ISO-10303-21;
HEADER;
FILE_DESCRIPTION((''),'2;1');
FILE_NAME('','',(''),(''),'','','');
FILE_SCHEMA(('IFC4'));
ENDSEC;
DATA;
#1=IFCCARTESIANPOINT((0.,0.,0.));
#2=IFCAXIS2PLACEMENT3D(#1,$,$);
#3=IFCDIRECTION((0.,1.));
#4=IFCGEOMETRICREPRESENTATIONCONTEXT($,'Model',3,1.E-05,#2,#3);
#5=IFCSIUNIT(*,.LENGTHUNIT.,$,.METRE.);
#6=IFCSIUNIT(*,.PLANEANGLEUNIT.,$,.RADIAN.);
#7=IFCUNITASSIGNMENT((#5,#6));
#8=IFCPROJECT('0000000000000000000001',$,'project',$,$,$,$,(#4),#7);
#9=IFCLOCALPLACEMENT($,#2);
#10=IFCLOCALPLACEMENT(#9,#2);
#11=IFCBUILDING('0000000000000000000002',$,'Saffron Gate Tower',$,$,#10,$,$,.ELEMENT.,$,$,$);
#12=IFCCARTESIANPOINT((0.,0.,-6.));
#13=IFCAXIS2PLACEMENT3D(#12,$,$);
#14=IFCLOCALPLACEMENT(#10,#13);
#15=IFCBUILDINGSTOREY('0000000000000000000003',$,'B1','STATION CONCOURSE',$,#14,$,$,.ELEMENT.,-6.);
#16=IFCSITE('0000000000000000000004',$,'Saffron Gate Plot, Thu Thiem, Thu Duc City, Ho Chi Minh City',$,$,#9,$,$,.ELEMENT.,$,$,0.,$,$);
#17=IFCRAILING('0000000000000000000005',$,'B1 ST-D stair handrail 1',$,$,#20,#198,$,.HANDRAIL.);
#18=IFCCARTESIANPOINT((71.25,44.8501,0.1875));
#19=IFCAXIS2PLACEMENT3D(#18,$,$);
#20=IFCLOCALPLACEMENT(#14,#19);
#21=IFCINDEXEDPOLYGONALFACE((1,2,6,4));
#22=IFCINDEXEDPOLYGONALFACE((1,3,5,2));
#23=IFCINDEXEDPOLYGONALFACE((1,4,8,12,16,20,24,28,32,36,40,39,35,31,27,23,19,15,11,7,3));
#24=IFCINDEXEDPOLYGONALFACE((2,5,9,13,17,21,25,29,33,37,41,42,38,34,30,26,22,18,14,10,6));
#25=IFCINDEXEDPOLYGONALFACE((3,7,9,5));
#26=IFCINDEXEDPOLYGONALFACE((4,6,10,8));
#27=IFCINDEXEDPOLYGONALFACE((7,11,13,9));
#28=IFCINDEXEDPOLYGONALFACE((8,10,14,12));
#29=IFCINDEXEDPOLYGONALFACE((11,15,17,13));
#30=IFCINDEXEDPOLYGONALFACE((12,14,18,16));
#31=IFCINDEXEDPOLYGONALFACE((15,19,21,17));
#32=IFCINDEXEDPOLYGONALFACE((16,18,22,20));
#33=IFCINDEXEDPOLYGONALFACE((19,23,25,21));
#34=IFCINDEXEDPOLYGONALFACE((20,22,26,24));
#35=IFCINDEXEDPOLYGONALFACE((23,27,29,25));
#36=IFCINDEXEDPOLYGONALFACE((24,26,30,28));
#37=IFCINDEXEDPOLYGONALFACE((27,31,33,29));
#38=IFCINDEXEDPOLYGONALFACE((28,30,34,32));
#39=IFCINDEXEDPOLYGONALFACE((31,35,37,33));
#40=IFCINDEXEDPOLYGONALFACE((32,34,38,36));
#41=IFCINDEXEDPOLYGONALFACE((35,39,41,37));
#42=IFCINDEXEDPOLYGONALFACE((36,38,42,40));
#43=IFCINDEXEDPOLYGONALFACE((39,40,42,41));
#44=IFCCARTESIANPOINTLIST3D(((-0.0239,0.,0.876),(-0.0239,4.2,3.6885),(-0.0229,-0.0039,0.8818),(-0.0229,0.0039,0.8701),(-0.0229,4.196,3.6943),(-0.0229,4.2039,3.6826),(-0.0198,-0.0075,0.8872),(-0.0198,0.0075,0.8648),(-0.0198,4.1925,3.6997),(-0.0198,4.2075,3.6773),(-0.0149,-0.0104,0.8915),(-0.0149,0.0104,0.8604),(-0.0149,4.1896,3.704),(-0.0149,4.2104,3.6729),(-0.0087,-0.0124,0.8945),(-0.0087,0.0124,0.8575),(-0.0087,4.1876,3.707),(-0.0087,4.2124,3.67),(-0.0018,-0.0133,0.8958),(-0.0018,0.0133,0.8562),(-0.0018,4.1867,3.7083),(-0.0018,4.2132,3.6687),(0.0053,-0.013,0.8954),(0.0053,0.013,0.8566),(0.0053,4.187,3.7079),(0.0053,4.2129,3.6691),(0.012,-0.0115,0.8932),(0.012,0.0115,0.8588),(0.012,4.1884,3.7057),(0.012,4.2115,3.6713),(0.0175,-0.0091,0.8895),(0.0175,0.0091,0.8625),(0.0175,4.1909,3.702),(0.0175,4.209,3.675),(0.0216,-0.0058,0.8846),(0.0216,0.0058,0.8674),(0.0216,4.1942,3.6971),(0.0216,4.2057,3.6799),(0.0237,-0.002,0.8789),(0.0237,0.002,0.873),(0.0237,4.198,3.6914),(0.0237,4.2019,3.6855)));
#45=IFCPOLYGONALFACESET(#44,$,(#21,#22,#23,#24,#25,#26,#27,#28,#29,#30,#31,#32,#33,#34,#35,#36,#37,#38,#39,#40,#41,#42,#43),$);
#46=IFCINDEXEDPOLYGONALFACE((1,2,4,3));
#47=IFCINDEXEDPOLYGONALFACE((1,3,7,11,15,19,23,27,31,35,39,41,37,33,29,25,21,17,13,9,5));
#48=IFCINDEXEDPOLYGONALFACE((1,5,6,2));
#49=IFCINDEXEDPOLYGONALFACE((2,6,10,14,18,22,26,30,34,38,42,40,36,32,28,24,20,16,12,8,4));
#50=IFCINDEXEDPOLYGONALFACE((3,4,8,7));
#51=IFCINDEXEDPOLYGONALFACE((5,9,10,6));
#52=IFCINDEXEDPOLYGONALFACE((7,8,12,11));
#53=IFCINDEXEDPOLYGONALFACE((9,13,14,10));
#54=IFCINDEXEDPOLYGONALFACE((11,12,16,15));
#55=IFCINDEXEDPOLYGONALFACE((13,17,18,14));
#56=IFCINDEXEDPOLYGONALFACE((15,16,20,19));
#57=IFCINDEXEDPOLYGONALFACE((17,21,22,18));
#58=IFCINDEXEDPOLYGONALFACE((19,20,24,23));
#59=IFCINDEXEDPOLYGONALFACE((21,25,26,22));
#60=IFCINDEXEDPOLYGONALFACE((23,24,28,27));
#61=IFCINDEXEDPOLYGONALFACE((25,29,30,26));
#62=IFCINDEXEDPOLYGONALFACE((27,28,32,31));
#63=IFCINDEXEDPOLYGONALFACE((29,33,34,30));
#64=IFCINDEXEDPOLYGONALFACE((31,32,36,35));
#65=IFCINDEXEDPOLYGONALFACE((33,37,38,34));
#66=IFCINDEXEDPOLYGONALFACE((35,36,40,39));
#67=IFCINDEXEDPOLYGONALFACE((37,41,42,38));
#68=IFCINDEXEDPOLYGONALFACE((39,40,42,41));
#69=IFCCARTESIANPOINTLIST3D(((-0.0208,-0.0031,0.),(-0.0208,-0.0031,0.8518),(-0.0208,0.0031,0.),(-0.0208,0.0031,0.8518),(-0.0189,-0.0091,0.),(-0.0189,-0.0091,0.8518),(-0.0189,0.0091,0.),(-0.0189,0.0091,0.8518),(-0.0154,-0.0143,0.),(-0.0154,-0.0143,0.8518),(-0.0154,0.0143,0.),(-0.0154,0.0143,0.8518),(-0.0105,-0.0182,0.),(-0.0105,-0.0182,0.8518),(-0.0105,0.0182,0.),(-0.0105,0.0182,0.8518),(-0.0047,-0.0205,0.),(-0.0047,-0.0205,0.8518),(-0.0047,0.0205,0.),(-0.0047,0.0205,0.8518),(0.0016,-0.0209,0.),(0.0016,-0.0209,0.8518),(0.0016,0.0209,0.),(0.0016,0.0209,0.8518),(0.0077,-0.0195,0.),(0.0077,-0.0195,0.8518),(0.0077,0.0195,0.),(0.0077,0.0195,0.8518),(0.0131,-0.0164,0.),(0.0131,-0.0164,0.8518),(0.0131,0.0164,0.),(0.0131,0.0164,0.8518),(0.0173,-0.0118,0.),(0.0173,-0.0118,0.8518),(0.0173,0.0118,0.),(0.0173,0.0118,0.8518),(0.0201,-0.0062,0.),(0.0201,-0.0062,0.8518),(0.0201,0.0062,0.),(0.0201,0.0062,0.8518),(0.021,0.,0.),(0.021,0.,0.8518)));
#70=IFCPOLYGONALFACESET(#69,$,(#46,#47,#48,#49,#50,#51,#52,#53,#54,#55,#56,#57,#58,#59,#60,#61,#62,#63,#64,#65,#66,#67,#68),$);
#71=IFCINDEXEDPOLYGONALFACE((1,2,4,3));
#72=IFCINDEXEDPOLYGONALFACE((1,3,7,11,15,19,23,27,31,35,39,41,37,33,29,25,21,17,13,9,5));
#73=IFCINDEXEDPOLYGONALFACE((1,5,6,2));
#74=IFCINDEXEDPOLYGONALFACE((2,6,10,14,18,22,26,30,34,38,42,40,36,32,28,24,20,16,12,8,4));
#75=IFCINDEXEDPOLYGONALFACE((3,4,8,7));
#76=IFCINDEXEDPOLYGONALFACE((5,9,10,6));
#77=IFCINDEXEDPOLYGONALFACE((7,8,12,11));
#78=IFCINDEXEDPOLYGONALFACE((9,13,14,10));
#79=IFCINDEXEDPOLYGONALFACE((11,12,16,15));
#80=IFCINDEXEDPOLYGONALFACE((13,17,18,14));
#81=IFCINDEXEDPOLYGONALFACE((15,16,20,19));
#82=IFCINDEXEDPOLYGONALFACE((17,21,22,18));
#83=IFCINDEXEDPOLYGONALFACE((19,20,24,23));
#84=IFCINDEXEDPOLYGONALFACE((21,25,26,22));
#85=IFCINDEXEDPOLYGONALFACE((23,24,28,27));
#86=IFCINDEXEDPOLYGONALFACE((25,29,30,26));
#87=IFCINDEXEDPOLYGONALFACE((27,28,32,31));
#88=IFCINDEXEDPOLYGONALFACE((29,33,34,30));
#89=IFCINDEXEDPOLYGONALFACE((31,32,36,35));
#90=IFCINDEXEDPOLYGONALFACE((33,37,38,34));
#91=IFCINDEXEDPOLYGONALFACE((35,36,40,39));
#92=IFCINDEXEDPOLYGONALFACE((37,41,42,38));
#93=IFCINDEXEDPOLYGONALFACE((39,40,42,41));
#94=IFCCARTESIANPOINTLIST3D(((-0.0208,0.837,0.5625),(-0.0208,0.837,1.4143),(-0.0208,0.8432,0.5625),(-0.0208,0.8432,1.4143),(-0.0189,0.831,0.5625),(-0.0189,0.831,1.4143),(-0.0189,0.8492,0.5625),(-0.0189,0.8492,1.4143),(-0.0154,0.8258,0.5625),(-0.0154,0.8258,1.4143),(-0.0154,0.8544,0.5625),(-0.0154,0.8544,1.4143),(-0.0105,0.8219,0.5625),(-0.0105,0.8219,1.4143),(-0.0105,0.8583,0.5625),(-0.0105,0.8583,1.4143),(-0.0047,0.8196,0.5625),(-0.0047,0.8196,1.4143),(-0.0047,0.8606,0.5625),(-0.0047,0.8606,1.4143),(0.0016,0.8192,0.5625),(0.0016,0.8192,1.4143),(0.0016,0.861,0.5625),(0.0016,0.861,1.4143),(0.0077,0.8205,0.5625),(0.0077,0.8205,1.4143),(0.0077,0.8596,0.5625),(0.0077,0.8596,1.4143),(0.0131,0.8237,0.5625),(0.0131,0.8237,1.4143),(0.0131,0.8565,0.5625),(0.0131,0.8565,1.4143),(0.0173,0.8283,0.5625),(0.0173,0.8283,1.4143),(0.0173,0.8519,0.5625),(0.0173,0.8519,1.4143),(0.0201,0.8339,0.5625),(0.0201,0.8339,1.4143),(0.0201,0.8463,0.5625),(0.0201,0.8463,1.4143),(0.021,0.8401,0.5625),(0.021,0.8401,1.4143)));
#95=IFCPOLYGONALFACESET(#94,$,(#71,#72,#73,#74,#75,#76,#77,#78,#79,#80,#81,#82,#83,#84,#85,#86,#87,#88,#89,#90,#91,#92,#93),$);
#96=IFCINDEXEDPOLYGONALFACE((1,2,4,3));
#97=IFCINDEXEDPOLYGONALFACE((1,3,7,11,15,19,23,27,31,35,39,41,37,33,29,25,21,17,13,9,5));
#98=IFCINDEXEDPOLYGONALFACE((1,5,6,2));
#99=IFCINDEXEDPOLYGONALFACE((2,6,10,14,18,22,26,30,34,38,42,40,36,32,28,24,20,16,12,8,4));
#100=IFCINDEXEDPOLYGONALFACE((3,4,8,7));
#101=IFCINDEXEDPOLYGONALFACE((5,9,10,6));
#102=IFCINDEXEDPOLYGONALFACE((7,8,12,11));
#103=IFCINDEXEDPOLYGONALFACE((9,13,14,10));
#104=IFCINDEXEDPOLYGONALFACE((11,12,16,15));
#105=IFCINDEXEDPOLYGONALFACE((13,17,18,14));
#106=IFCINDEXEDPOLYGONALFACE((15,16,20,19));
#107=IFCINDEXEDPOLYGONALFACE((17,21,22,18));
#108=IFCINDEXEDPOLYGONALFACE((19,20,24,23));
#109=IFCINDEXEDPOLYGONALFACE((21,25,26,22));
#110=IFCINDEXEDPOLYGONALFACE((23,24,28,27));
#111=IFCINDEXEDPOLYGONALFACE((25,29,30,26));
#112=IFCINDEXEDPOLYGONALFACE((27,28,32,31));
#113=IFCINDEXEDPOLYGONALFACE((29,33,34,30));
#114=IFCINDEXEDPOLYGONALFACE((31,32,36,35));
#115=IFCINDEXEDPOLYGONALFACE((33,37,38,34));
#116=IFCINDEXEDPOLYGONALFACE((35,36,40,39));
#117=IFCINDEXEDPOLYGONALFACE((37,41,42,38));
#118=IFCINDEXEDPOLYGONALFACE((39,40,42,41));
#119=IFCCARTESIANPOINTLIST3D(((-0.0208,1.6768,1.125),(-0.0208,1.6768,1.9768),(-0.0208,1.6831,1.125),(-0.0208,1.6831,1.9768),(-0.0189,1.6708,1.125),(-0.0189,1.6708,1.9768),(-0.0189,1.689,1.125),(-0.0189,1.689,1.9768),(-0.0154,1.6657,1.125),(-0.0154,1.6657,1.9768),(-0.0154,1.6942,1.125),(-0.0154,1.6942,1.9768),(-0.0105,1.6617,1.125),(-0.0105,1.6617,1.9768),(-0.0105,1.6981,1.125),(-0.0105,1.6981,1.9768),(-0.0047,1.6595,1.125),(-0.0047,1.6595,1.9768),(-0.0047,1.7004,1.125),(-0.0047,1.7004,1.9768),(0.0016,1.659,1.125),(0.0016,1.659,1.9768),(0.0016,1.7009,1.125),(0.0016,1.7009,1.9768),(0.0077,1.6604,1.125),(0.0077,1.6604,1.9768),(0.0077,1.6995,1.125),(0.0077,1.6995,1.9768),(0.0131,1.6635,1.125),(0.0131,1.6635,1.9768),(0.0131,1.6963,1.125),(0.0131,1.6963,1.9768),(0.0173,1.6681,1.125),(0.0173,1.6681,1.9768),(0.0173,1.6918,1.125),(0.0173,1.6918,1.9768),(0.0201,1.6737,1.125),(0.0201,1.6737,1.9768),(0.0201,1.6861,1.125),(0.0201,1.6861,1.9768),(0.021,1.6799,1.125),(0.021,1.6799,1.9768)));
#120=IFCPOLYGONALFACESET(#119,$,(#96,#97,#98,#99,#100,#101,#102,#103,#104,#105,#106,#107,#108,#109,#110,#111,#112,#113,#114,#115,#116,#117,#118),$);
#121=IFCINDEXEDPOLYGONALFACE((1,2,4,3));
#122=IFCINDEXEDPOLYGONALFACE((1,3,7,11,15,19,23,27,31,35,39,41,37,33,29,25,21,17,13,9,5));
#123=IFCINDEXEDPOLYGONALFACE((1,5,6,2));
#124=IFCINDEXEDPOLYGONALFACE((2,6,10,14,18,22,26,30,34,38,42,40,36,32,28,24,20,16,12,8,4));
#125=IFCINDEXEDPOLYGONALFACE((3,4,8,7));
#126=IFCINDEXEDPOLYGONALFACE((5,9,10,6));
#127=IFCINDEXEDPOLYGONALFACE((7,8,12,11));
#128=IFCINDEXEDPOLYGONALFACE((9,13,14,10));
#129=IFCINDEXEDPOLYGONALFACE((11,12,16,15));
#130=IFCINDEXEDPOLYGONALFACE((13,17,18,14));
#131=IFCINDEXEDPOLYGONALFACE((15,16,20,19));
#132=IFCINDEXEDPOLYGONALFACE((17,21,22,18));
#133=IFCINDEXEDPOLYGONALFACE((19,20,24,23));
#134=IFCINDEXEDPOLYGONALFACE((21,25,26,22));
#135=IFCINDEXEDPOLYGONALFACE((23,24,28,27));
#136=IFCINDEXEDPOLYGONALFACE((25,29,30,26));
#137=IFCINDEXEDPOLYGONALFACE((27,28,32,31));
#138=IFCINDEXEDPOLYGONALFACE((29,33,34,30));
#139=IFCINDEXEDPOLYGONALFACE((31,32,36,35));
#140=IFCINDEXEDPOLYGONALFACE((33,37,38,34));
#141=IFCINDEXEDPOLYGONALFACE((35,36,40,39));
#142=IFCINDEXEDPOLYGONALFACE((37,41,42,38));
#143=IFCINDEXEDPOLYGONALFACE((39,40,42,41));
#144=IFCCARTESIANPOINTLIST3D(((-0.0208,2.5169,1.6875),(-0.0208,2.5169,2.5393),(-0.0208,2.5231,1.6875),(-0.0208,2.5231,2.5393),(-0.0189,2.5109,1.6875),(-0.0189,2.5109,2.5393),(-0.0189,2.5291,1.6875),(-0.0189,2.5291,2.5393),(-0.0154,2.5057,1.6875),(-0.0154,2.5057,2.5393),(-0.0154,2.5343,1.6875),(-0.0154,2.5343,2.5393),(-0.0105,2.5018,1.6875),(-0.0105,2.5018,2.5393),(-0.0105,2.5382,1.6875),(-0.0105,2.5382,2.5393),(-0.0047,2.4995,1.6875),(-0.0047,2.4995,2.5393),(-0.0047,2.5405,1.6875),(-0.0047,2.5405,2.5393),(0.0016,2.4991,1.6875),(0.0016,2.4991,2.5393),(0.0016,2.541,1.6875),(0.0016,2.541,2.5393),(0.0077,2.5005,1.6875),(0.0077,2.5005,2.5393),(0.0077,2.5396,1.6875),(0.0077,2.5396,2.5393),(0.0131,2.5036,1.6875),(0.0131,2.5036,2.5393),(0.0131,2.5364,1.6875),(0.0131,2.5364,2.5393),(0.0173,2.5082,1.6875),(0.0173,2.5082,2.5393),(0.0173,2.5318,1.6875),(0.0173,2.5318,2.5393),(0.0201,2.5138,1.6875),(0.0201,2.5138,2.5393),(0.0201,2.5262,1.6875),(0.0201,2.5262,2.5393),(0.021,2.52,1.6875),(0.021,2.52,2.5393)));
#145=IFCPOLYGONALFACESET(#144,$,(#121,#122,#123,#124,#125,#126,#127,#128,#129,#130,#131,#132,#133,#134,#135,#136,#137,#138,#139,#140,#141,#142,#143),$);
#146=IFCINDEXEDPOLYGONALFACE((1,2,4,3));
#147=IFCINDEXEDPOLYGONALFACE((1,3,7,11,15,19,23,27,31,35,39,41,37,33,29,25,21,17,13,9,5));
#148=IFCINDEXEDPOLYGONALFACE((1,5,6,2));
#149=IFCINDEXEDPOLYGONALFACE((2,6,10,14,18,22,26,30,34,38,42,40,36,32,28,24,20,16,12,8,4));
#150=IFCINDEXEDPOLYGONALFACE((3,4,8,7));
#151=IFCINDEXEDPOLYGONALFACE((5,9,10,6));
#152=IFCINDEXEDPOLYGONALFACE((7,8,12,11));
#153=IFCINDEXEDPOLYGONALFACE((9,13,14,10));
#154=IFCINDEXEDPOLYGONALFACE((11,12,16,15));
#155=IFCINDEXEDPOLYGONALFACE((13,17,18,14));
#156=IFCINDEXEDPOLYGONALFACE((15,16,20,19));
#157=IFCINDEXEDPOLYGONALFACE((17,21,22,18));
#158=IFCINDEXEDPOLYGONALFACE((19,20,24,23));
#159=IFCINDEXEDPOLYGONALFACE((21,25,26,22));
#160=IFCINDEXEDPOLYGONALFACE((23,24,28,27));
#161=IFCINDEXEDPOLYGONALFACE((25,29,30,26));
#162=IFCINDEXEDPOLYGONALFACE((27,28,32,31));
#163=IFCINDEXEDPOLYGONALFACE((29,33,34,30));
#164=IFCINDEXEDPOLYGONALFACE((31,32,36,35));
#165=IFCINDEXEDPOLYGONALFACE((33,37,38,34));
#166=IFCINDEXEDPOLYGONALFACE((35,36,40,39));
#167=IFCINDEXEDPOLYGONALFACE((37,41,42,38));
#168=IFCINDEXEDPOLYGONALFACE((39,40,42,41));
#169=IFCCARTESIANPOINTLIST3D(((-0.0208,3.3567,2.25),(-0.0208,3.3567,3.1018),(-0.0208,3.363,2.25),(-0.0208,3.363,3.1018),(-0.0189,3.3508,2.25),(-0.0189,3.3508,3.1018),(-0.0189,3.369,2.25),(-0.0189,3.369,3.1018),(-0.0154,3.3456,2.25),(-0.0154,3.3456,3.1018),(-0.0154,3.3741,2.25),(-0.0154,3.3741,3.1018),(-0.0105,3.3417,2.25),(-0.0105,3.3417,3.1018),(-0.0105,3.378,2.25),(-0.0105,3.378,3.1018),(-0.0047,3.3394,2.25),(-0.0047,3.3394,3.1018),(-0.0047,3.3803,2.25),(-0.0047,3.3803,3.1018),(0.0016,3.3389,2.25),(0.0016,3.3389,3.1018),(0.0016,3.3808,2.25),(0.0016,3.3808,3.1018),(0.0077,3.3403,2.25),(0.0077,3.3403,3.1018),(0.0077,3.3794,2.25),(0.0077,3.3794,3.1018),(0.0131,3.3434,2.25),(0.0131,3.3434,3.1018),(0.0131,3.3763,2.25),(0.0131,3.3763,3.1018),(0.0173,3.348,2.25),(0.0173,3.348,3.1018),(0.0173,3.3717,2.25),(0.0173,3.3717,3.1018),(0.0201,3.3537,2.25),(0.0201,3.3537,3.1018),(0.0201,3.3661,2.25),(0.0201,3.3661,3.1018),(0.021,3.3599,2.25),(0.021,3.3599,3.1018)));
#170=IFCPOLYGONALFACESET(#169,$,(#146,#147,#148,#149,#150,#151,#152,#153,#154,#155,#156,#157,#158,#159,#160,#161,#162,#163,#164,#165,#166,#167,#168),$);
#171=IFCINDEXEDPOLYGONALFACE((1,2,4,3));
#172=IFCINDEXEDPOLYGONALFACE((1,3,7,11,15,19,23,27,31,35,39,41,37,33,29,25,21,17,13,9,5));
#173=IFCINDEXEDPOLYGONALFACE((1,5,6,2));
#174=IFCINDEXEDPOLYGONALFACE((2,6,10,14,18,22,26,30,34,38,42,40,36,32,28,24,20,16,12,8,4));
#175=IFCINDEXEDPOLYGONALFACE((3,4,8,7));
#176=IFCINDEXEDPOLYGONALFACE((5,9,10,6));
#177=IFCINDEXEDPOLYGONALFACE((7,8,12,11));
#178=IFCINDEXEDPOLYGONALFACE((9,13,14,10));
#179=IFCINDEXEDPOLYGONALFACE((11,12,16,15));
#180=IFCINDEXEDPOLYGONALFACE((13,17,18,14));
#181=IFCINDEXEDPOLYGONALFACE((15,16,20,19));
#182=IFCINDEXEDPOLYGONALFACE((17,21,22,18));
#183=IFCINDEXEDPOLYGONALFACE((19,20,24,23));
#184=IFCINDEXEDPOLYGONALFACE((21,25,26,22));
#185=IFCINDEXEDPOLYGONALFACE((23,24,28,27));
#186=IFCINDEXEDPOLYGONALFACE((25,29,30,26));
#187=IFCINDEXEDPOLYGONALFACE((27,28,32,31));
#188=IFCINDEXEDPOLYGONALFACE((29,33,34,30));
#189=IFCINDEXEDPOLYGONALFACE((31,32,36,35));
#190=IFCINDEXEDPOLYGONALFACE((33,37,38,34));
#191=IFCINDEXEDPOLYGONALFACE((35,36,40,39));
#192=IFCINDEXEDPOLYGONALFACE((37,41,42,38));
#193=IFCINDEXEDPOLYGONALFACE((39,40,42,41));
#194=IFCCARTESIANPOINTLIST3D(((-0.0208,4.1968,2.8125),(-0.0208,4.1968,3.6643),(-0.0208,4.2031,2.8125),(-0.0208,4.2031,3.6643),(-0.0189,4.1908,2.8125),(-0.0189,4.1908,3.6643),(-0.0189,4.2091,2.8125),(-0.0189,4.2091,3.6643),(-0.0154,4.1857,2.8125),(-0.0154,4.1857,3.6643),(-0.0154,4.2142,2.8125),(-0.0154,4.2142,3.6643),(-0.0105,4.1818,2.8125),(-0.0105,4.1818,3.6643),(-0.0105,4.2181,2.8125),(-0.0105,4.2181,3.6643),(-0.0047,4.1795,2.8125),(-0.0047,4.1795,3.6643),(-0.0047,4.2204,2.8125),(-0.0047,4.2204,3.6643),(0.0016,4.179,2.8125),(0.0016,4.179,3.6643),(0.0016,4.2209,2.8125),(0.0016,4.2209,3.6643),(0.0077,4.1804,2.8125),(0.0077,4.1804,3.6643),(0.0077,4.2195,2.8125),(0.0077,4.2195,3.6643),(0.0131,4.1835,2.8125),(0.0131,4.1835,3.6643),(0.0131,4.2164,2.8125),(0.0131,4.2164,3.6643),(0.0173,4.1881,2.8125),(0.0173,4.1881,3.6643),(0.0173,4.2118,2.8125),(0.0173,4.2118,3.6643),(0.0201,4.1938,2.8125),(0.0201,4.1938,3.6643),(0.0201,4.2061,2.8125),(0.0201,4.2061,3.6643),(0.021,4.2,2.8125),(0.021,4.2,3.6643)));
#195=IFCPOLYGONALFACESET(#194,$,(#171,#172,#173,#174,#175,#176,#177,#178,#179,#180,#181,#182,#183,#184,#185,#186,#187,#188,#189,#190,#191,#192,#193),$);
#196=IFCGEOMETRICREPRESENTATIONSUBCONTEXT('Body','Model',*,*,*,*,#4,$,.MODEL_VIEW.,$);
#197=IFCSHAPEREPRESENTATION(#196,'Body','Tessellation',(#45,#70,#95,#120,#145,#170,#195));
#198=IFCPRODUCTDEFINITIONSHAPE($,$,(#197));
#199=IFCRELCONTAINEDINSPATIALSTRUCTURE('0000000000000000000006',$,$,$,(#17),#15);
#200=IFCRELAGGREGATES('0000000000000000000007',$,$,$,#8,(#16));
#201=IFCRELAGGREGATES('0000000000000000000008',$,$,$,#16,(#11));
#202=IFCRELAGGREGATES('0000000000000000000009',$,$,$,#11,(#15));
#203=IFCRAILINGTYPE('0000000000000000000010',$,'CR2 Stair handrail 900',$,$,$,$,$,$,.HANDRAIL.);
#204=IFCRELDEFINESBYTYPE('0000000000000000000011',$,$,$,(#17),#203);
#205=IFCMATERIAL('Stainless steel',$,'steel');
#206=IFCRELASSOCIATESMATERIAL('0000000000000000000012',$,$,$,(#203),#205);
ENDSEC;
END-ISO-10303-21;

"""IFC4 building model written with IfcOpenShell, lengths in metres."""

from ifc_helpers import new_model, si_unit, direction, frame, origin, origin_2d, place, context, subcontext, project, spatial, circle, extrude, material, type_object, element, save


model = new_model("IFC4")

# Units and contexts
model_context = context("Model", 3, precision=1e-05, world=origin(), true_north=direction((0.0, 1.0)))
body_context = subcontext(model_context, "Body", "Model", "MODEL_VIEW")
ifc_project = project(units=[si_unit("LENGTHUNIT", "METRE"), si_unit("PLANEANGLEUNIT", "RADIAN")], contexts=[model_context])

# Site, building, storey
site_placement = place(None, origin())
site = spatial("IfcSite", under=ifc_project, at=site_placement, Name="Saffron Gate Plot, Thu Thiem, Thu Duc City, Ho Chi Minh City", CompositionType="ELEMENT", RefElevation=0.0)
building_placement = place(site_placement, origin())
building = spatial("IfcBuilding", under=site, at=building_placement, Name="Saffron Gate Tower", CompositionType="ELEMENT")
storey_placement = place(building_placement, frame((0.0, 0.0, -6.0)))
storey = spatial("IfcBuildingStorey", under=building, at=storey_placement, Name="B1", Description="STATION CONCOURSE", CompositionType="ELEMENT", Elevation=-6.0)

# Railing
ifc_material_1 = material(Name="Stainless steel", Category="steel")
railing_type_1 = type_object("IfcRailingType", Name="CR2 Stair handrail 900", PredefinedType="HANDRAIL", material=ifc_material_1)
railing_1_placement = place(storey_placement, frame((71.25, 44.8501, 0.1875)))
element("IfcRailing", 1, at=railing_1_placement, inside=storey, type_object=railing_type_1, Name="B1 ST-D stair handrail 1", PredefinedType="HANDRAIL", context=body_context, shape_type="SweptSolid", body=[
    extrude(circle(Radius=0.0239, at=origin_2d()), frame((0.0, 0.0, 0.876), z_axis=(0.0, 0.830904, 0.556416), x_axis=(-1.0, 0.0, 0.0)), (0.0, 0.0, 1.0), 5.0547),
    extrude(circle(Radius=0.021, at=origin_2d()), origin(), (0.0, 0.0, 1.0), 0.8518),
    extrude(circle(Radius=0.021, at=origin_2d()), frame((0.0, 0.8401, 0.5625)), (0.0, 0.0, 1.0), 0.8518),
    extrude(circle(Radius=0.021, at=origin_2d()), frame((0.0, 1.6799, 1.125)), (0.0, 0.0, 1.0), 0.8518),
    extrude(circle(Radius=0.021, at=origin_2d()), frame((0.0, 2.52, 1.6875)), (0.0, 0.0, 1.0), 0.8518),
    extrude(circle(Radius=0.021, at=origin_2d()), frame((0.0, 3.3599, 2.25)), (0.0, 0.0, 1.0), 0.8518),
    extrude(circle(Radius=0.021, at=origin_2d()), frame((0.0, 4.2, 2.8125)), (0.0, 0.0, 1.0), 0.8518),
])

save(model, "model.ifc")
